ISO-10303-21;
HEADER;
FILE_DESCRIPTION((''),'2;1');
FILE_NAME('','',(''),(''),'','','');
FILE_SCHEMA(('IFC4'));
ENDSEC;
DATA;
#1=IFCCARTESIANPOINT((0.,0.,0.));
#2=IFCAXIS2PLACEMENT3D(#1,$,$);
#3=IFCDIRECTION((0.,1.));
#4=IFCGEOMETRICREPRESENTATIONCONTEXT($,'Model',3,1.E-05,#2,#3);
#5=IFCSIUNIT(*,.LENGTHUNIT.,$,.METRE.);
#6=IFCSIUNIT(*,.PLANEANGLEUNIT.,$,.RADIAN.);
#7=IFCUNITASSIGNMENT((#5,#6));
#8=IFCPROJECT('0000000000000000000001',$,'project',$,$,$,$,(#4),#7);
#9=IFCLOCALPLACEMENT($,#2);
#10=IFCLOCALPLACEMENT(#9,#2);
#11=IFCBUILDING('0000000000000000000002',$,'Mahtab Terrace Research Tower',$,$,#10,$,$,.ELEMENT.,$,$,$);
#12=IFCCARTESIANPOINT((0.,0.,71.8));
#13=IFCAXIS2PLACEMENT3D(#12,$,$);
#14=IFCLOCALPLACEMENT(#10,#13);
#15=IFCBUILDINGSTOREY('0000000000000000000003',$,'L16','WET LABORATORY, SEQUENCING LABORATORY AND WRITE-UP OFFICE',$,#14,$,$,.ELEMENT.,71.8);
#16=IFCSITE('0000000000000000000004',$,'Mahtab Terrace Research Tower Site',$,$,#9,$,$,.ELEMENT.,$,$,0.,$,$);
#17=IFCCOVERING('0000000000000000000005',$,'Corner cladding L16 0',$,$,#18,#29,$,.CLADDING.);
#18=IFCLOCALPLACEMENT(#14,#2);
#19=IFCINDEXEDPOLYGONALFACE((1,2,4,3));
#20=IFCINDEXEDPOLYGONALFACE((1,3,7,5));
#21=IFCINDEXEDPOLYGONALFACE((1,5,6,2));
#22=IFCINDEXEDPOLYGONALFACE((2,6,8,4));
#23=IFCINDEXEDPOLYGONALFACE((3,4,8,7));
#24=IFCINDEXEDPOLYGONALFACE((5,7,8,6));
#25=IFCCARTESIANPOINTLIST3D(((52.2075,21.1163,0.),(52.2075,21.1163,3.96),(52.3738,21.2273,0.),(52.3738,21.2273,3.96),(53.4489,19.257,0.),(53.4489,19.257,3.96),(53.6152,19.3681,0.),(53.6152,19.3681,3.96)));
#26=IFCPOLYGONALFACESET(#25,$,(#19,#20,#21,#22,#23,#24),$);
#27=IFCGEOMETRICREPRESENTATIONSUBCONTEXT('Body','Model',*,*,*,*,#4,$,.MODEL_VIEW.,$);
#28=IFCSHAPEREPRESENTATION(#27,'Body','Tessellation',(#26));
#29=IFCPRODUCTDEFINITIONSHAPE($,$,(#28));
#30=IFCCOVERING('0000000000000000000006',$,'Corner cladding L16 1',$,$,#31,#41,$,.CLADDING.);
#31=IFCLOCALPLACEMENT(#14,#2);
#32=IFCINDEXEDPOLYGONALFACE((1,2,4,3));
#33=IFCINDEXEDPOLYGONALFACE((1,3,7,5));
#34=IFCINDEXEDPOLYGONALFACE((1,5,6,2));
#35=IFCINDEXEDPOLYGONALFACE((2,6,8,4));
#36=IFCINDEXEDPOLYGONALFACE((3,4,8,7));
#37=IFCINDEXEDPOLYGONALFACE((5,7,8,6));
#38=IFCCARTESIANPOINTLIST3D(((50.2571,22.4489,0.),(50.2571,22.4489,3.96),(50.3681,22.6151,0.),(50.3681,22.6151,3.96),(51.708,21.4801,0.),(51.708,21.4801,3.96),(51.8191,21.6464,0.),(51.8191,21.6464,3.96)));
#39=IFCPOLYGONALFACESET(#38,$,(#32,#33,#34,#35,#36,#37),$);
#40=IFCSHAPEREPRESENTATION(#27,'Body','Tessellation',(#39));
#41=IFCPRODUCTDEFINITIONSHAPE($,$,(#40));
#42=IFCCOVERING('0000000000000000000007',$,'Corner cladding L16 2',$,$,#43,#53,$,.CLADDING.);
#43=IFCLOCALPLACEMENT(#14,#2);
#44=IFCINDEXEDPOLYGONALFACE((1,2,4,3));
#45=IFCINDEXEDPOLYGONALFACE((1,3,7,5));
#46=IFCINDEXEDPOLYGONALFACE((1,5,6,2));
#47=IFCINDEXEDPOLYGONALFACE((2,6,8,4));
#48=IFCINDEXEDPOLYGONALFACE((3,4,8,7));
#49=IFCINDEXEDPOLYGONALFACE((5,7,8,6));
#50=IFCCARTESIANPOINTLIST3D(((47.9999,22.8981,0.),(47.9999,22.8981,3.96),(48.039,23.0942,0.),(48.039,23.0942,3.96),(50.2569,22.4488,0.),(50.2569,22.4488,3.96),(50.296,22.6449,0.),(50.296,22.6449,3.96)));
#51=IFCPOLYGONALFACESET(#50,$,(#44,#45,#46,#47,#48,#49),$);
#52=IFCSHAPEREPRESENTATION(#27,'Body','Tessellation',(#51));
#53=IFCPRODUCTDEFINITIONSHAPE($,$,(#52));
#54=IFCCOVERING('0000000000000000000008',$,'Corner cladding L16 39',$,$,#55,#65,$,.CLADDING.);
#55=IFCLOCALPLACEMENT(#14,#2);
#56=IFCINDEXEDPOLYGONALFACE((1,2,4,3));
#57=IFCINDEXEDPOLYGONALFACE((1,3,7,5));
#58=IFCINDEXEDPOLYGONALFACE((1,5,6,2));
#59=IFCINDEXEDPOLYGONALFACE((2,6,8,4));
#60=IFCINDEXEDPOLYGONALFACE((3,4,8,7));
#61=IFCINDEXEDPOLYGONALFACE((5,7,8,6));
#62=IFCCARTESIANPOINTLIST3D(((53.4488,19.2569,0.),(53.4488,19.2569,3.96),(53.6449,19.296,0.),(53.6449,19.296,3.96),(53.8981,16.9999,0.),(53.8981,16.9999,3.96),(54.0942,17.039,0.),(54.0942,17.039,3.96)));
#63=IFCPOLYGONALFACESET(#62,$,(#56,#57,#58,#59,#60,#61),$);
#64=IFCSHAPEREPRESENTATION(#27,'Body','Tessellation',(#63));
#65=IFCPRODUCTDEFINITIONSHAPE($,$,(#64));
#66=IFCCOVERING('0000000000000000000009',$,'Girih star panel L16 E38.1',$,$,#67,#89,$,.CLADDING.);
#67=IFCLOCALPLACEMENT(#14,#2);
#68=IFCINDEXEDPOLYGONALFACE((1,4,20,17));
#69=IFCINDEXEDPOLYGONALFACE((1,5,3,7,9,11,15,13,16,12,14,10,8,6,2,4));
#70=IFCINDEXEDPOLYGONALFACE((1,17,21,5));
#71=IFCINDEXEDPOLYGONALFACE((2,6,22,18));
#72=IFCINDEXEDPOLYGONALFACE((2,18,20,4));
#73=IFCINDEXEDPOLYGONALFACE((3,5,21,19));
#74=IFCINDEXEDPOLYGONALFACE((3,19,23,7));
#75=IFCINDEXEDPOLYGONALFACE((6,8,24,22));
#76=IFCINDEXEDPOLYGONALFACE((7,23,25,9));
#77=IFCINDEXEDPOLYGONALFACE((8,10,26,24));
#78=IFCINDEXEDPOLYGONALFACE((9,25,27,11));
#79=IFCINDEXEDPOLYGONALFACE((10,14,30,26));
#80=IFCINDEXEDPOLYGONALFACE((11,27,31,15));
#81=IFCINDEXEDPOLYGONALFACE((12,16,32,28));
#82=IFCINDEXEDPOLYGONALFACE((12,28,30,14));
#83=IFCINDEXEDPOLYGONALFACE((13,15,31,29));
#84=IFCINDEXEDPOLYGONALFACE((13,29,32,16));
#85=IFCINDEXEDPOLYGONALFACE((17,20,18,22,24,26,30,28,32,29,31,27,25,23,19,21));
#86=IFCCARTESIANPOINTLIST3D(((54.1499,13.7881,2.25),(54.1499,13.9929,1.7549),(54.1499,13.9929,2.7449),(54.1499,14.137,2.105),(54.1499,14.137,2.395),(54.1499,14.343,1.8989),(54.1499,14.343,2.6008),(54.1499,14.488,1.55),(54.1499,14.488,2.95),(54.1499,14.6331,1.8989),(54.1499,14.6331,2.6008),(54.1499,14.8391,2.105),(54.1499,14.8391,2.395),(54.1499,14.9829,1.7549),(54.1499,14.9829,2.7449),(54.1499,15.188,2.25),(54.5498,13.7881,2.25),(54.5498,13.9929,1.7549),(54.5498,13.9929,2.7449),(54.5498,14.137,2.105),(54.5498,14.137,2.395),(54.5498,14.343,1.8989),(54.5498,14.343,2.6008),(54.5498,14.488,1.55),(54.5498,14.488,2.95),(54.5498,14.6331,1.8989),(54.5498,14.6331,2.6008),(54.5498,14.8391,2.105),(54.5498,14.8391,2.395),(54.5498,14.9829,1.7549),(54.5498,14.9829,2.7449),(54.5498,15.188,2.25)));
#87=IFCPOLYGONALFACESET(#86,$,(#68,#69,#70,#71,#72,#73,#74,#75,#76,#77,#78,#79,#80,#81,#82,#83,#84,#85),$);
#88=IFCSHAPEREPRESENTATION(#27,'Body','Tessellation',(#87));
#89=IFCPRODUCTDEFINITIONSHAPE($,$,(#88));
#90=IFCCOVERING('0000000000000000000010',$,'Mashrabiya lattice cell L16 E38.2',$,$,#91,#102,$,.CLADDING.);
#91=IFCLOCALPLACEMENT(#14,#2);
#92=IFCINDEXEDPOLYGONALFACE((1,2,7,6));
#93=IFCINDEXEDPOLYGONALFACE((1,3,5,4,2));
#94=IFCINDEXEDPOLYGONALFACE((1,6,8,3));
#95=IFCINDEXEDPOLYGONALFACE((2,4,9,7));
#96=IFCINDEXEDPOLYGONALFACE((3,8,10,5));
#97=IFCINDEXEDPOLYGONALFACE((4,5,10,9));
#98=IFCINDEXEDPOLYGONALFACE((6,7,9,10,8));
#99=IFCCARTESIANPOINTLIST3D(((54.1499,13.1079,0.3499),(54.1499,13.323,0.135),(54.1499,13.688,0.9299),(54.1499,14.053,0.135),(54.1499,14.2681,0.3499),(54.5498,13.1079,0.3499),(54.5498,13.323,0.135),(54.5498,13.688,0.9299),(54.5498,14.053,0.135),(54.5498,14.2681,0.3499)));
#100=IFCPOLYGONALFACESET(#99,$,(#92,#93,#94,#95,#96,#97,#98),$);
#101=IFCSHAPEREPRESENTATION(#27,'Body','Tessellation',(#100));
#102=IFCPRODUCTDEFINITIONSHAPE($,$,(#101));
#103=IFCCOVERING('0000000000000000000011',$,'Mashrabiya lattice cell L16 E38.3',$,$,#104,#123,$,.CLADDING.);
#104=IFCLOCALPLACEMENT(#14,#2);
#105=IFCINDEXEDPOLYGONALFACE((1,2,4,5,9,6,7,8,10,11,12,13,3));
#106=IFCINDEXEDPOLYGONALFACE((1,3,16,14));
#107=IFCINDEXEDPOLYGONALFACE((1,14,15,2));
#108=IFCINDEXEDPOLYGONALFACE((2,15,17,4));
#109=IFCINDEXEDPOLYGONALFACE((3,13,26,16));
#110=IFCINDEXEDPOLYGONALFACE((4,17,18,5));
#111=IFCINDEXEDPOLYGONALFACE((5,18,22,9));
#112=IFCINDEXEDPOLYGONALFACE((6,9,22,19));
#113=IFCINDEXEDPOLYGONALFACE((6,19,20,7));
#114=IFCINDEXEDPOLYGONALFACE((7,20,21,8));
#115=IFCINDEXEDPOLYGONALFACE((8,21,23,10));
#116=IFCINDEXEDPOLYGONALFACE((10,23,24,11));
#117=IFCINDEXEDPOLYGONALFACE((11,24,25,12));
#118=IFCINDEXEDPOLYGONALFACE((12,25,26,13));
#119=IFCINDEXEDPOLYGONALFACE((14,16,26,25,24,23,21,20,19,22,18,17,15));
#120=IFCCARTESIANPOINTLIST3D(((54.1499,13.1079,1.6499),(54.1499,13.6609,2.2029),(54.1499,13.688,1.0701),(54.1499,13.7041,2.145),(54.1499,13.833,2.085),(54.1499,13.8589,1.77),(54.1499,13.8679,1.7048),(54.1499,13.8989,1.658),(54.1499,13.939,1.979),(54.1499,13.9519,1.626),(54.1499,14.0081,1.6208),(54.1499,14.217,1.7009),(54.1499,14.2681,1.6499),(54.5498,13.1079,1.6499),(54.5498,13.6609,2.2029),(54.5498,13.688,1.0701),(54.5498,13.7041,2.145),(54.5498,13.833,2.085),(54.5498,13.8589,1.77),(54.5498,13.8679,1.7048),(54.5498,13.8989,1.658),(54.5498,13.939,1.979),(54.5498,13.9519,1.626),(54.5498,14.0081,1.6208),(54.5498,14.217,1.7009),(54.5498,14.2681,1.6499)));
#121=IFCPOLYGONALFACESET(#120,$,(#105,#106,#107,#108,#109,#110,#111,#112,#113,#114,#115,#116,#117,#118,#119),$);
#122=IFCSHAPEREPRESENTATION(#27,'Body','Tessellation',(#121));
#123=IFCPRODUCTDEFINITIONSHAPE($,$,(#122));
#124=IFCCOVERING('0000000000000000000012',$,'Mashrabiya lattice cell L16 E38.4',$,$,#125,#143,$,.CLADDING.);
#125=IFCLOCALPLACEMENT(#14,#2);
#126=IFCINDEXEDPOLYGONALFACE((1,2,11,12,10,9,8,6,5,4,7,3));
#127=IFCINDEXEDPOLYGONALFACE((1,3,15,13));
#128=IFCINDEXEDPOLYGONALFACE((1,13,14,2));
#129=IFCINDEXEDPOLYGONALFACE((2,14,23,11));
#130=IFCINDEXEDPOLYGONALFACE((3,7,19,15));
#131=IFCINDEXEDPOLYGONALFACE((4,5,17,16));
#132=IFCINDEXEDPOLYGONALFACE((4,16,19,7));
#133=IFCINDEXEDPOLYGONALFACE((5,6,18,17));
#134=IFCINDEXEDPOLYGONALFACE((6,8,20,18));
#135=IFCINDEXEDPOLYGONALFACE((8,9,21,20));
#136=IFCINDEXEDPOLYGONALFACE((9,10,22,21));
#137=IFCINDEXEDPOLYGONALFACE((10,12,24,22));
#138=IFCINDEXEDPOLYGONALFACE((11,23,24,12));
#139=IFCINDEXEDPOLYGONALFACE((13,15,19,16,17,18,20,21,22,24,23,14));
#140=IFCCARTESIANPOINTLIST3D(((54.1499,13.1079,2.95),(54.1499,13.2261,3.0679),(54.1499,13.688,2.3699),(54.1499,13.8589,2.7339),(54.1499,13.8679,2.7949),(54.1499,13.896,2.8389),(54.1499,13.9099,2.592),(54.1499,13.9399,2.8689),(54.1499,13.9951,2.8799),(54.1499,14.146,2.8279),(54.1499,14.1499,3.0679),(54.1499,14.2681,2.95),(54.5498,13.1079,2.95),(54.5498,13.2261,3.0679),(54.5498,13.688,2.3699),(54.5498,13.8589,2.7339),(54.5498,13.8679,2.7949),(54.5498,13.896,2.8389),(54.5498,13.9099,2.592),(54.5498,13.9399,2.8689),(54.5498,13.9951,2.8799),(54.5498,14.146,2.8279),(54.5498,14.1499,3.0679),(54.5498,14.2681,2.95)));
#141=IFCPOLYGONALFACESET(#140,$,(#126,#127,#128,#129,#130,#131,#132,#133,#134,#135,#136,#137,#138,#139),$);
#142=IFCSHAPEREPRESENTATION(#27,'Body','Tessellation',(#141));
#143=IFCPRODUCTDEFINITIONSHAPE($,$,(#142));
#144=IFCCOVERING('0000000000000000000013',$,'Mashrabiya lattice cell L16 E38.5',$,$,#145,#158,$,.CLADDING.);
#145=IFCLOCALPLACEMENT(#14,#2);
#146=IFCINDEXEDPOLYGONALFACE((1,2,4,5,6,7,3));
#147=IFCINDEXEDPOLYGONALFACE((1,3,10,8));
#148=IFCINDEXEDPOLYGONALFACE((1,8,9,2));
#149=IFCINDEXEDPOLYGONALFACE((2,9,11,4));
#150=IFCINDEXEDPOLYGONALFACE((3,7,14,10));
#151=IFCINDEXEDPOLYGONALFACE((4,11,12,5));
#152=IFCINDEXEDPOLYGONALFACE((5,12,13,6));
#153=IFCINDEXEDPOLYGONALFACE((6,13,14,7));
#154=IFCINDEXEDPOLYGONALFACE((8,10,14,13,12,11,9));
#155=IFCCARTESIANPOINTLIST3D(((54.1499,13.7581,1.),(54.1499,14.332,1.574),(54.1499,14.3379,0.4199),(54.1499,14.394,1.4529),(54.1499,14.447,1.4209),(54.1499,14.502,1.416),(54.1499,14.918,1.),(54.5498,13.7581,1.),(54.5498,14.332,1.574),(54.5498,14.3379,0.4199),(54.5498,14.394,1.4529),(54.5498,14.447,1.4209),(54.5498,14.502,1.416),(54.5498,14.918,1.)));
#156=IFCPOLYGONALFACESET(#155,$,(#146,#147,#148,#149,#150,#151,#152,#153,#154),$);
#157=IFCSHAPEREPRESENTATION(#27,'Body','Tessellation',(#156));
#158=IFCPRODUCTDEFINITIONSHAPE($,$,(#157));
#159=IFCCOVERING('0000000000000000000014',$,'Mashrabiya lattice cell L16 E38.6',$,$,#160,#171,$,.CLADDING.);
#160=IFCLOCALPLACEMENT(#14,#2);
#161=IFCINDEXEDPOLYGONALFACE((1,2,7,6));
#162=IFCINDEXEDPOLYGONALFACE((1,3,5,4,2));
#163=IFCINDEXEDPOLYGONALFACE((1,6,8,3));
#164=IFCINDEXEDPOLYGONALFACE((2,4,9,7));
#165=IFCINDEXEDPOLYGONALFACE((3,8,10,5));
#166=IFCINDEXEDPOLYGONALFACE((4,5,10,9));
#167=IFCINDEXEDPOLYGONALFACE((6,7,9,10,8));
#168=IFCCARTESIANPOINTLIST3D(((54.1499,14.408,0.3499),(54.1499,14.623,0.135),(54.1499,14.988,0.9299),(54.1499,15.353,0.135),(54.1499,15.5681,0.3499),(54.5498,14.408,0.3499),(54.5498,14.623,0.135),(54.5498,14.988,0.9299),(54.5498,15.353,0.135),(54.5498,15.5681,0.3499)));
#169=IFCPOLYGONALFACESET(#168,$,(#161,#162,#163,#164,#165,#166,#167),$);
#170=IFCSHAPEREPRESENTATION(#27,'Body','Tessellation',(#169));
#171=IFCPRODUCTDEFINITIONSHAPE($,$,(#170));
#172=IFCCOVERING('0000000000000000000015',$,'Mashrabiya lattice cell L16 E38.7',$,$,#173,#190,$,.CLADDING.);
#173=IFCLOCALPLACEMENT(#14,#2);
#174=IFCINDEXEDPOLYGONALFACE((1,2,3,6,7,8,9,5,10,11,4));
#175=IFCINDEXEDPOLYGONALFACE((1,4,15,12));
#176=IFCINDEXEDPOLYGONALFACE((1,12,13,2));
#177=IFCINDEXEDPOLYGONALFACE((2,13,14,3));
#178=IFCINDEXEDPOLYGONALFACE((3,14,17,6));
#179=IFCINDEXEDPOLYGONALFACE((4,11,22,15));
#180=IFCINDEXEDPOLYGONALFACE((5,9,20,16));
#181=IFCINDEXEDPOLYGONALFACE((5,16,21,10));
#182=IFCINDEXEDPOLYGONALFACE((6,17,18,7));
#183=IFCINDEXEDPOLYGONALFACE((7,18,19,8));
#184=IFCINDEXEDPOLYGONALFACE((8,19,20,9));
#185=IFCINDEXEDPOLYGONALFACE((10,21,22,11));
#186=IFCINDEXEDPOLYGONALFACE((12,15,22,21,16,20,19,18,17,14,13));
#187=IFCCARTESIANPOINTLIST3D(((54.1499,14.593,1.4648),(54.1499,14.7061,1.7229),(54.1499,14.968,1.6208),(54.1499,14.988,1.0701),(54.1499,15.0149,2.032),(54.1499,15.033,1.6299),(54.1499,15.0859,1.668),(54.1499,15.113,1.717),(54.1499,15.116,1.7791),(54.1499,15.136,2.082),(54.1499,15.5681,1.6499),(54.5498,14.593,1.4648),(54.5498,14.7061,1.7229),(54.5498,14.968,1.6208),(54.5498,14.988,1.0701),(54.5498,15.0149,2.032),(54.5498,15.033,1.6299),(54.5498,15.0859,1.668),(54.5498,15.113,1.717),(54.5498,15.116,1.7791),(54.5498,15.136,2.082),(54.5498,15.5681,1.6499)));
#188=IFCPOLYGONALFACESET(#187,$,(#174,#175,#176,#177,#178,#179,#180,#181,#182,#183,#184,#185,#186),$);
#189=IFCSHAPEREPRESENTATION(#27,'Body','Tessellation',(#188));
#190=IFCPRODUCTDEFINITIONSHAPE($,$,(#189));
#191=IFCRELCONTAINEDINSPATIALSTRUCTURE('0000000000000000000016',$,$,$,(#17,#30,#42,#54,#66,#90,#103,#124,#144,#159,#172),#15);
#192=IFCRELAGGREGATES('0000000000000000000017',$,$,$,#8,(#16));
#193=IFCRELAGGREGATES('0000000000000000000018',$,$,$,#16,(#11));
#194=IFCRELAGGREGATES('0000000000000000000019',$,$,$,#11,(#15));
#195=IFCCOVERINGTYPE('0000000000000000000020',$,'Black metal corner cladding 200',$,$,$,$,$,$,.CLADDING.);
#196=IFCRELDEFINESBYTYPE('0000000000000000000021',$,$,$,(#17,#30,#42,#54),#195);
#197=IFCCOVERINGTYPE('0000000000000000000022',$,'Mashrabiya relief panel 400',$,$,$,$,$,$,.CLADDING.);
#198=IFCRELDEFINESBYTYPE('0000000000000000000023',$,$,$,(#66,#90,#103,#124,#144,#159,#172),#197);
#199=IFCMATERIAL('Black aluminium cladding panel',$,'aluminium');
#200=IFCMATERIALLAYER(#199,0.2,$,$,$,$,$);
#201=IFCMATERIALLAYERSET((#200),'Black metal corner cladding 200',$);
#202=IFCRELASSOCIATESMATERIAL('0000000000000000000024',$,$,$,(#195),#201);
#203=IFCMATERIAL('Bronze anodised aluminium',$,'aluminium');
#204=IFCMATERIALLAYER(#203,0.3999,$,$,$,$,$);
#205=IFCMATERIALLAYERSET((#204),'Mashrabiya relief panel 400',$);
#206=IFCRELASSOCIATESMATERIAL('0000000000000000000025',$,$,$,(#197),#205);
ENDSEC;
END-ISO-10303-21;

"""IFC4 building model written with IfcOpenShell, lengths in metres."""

from ifc_helpers import new_model, si_unit, direction, frame, origin, origin_2d, place, context, subcontext, project, spatial, polyline, rectangle, outline, extrude, material, layer, layer_set, type_object, element, save


model = new_model("IFC4")

# Units and contexts
model_context = context("Model", 3, precision=1e-05, world=origin(), true_north=direction((0.0, 1.0)))
body_context = subcontext(model_context, "Body", "Model", "MODEL_VIEW")
ifc_project = project(units=[si_unit("LENGTHUNIT", "METRE"), si_unit("PLANEANGLEUNIT", "RADIAN")], contexts=[model_context])

# Site, building, storey
site_placement = place(None, origin())
site = spatial("IfcSite", under=ifc_project, at=site_placement, Name="Mahtab Terrace Research Tower Site", CompositionType="ELEMENT", RefElevation=0.0)
building_placement = place(site_placement, origin())
building = spatial("IfcBuilding", under=site, at=building_placement, Name="Mahtab Terrace Research Tower", CompositionType="ELEMENT")
storey_placement = place(building_placement, frame((0.0, 0.0, 71.8)))
storey = spatial("IfcBuildingStorey", under=building, at=storey_placement, Name="L16", Description="WET LABORATORY, SEQUENCING LABORATORY AND WRITE-UP OFFICE", CompositionType="ELEMENT", Elevation=71.8)

# Shared definitions
ifc_material_1 = material(Name="Black aluminium cladding panel", Category="aluminium")

# Coverings
ifc_layer_1 = layer(ifc_material_1, 0.2)
ifc_layer_set_1 = layer_set([ifc_layer_1], Name="Black metal corner cladding 200")
covering_type_1 = type_object("IfcCoveringType", Name="Black metal corner cladding 200", PredefinedType="CLADDING", material=ifc_layer_set_1)
covering_1_placement = place(storey_placement, frame((52.9114, 20.2422, 0.0), z_axis=(0.0, 0.0, 1.0), x_axis=(-0.555291, 0.831656, 0.0)))
element("IfcCovering", 1, at=covering_1_placement, inside=storey, type_object=covering_type_1, Name="Corner cladding L16 0", PredefinedType="CLADDING", context=body_context, shape_type="SweptSolid", body=[
    extrude(rectangle(XDim=2.2356, YDim=0.2, at=origin_2d()), origin(), (0.0, 0.0, 1.0), 3.96),
])
covering_2_placement = place(storey_placement, frame((51.0381, 22.0476, 0.0), z_axis=(0.0, 0.0, 1.0), x_axis=(-0.831656, 0.555291, 0.0)))
element("IfcCovering", 2, at=covering_2_placement, inside=storey, type_object=covering_type_1, Name="Corner cladding L16 1", PredefinedType="CLADDING", context=body_context, shape_type="SweptSolid", body=[
    extrude(rectangle(XDim=1.7446, YDim=0.2, at=origin_2d()), origin(), (0.0, 0.0, 1.0), 3.96),
])
for number, where, z_axis, x_axis, name in (
    (3, (49.1479, 22.7715, 0.0), (0.0, 0.0, 1.0), (-0.980761, 0.195212, 0.0), "Corner cladding L16 2"),
    (4, (53.7715, 18.1479, 0.0), (0.0, 0.0, 1.0), (-0.195212, 0.980761, 0.0), "Corner cladding L16 39"),
):
    element("IfcCovering", number, at=place(storey_placement, frame(where, z_axis=z_axis, x_axis=x_axis)), inside=storey, type_object=covering_type_1, Name=name, PredefinedType="CLADDING", context=body_context, shape_type="SweptSolid", body=[
        extrude(rectangle(XDim=2.3013, YDim=0.2, at=origin_2d()), origin(), (0.0, 0.0, 1.0), 3.96),
    ])
ifc_material_2 = material(Name="Bronze anodised aluminium", Category="aluminium")
ifc_layer_2 = layer(ifc_material_2, 0.3999)
ifc_layer_set_2 = layer_set([ifc_layer_2], Name="Mashrabiya relief panel 400")
covering_type_2 = type_object("IfcCoveringType", Name="Mashrabiya relief panel 400", PredefinedType="CLADDING", material=ifc_layer_set_2)
covering_3_placement = place(storey_placement, frame((54.1499, 14.6331, 2.6008), z_axis=(-1.0, 0.0, 0.0), x_axis=(0.0, 0.924691, 0.380717)))
element("IfcCovering", 5, at=covering_3_placement, inside=storey, type_object=covering_type_2, Name="Girih star panel L16 E38.1", PredefinedType="CLADDING", context=body_context, shape_type="SweptSolid", body=[
    extrude(outline(polyline([(0.0, 0.0), (0.3783, 0.0), (0.1122, 0.2688), (0.3796, 0.5357), (0.0018, 0.537), (0.0014, 0.9154), (-0.2672, 0.649), (-0.5341, 0.9164), (-0.5354, 0.5386), (-0.914, 0.5385), (-0.6475, 0.2696), (-0.9149, 0.0027), (-0.5371, 0.0014), (-0.5371, -0.3769), (-0.2682, -0.1104), (-0.0012, -0.378), (0.0, 0.0)])), origin(), (0.0, 0.0, -1.0), 0.3999),
])
covering_4_placement = place(storey_placement, frame((54.1499, 13.1079, 0.3499), z_axis=(-1.0, 0.0, 0.0), x_axis=(0.0, 0.707107, 0.707107)))
element("IfcCovering", 6, at=covering_4_placement, inside=storey, type_object=covering_type_2, Name="Mashrabiya lattice cell L16 E38.2", PredefinedType="CLADDING", context=body_context, shape_type="SweptSolid", body=[
    extrude(outline(polyline([(0.0, 0.0), (0.8204, 0.0), (0.8204, 0.8204), (0.5163, 0.8202), (0.0002, 0.304), (0.0, 0.0)])), origin(), (0.0, 0.0, -1.0), 0.3999),
])
covering_5_placement = place(storey_placement, frame((54.1499, 14.2681, 1.6499), z_axis=(-1.0, 0.0, 0.0), x_axis=(0.0, -0.707256, -0.706958)))
element("IfcCovering", 7, at=covering_5_placement, inside=storey, type_object=covering_type_2, Name="Mashrabiya lattice cell L16 E38.3", PredefinedType="CLADDING", context=body_context, shape_type="SweptSolid", body=[
    extrude(outline(polyline([(0.0, 0.0), (0.8202, 0.0), (0.8205, 0.8202), (0.0385, 0.8203), (0.0488, 0.7489), (0.0001, 0.6153), (0.0001, 0.4654), (0.2045, 0.3742), (0.2442, 0.3217), (0.2554, 0.2667), (0.2405, 0.2066), (0.2044, 0.1633), (0.0, 0.0722), (0.0, 0.0)])), origin(), (0.0, 0.0, -1.0), 0.3999),
])
covering_6_placement = place(storey_placement, frame((54.1499, 13.688, 2.3699), z_axis=(-1.0, 0.0, 0.0), x_axis=(0.0, -0.707107, 0.707107)))
element("IfcCovering", 8, at=covering_6_placement, inside=storey, type_object=covering_type_2, Name="Mashrabiya lattice cell L16 E38.4", PredefinedType="CLADDING", context=body_context, shape_type="SweptSolid", body=[
    extrude(outline(polyline([(0.0, 0.0), (0.8204, 0.0), (0.8202, 0.1669), (0.1669, 0.8202), (0.0, 0.8204), (0.0, 0.6477), (0.1435, 0.5778), (0.1747, 0.531), (0.1845, 0.4787), (0.1733, 0.4278), (0.1366, 0.3782), (0.0002, 0.314), (0.0, 0.0)])), origin(), (0.0, 0.0, -1.0), 0.3999),
])
covering_7_placement = place(storey_placement, frame((54.1499, 14.918, 1.0), z_axis=(-1.0, 0.0, 0.0), x_axis=(0.0, -0.707107, -0.707107)))
element("IfcCovering", 9, at=covering_7_placement, inside=storey, type_object=covering_type_2, Name="Mashrabiya lattice cell L16 E38.5", PredefinedType="CLADDING", context=body_context, shape_type="SweptSolid", body=[
    extrude(outline(polyline([(0.0, 0.0), (0.8204, 0.0), (0.8202, 0.8202), (0.0085, 0.8202), (0.0502, 0.6907), (0.0354, 0.6306), (0.0, 0.5883), (0.0, 0.0)])), origin(), (0.0, 0.0, -1.0), 0.3999),
])
covering_8_placement = place(storey_placement, frame((54.1499, 14.408, 0.3499), z_axis=(-1.0, 0.0, 0.0), x_axis=(0.0, 0.707107, 0.707107)))
element("IfcCovering", 10, at=covering_8_placement, inside=storey, type_object=covering_type_2, Name="Mashrabiya lattice cell L16 E38.6", PredefinedType="CLADDING", context=body_context, shape_type="SweptSolid", body=[
    extrude(outline(polyline([(0.0, 0.0), (0.8204, 0.0), (0.8204, 0.8204), (0.5163, 0.8202), (0.0002, 0.304), (0.0, 0.0)])), origin(), (0.0, 0.0, -1.0), 0.3999),
])
covering_9_placement = place(storey_placement, frame((54.1499, 15.5681, 1.6499), z_axis=(-1.0, 0.0, 0.0), x_axis=(0.0, -0.707256, -0.706958)))
element("IfcCovering", 11, at=covering_9_placement, inside=storey, type_object=covering_type_2, Name="Mashrabiya lattice cell L16 E38.7", PredefinedType="CLADDING", context=body_context, shape_type="SweptSolid", body=[
    extrude(outline(polyline([(0.0, 0.0), (0.8202, 0.0), (0.8205, 0.5585), (0.5581, 0.6611), (0.445, 0.4037), (0.3926, 0.3642), (0.3283, 0.3537), (0.2744, 0.3692), (0.2285, 0.411), (0.1212, 0.6613), (0.0001, 0.6111), (0.0, 0.0)])), origin(), (0.0, 0.0, -1.0), 0.3999),
])

save(model, "model.ifc")
